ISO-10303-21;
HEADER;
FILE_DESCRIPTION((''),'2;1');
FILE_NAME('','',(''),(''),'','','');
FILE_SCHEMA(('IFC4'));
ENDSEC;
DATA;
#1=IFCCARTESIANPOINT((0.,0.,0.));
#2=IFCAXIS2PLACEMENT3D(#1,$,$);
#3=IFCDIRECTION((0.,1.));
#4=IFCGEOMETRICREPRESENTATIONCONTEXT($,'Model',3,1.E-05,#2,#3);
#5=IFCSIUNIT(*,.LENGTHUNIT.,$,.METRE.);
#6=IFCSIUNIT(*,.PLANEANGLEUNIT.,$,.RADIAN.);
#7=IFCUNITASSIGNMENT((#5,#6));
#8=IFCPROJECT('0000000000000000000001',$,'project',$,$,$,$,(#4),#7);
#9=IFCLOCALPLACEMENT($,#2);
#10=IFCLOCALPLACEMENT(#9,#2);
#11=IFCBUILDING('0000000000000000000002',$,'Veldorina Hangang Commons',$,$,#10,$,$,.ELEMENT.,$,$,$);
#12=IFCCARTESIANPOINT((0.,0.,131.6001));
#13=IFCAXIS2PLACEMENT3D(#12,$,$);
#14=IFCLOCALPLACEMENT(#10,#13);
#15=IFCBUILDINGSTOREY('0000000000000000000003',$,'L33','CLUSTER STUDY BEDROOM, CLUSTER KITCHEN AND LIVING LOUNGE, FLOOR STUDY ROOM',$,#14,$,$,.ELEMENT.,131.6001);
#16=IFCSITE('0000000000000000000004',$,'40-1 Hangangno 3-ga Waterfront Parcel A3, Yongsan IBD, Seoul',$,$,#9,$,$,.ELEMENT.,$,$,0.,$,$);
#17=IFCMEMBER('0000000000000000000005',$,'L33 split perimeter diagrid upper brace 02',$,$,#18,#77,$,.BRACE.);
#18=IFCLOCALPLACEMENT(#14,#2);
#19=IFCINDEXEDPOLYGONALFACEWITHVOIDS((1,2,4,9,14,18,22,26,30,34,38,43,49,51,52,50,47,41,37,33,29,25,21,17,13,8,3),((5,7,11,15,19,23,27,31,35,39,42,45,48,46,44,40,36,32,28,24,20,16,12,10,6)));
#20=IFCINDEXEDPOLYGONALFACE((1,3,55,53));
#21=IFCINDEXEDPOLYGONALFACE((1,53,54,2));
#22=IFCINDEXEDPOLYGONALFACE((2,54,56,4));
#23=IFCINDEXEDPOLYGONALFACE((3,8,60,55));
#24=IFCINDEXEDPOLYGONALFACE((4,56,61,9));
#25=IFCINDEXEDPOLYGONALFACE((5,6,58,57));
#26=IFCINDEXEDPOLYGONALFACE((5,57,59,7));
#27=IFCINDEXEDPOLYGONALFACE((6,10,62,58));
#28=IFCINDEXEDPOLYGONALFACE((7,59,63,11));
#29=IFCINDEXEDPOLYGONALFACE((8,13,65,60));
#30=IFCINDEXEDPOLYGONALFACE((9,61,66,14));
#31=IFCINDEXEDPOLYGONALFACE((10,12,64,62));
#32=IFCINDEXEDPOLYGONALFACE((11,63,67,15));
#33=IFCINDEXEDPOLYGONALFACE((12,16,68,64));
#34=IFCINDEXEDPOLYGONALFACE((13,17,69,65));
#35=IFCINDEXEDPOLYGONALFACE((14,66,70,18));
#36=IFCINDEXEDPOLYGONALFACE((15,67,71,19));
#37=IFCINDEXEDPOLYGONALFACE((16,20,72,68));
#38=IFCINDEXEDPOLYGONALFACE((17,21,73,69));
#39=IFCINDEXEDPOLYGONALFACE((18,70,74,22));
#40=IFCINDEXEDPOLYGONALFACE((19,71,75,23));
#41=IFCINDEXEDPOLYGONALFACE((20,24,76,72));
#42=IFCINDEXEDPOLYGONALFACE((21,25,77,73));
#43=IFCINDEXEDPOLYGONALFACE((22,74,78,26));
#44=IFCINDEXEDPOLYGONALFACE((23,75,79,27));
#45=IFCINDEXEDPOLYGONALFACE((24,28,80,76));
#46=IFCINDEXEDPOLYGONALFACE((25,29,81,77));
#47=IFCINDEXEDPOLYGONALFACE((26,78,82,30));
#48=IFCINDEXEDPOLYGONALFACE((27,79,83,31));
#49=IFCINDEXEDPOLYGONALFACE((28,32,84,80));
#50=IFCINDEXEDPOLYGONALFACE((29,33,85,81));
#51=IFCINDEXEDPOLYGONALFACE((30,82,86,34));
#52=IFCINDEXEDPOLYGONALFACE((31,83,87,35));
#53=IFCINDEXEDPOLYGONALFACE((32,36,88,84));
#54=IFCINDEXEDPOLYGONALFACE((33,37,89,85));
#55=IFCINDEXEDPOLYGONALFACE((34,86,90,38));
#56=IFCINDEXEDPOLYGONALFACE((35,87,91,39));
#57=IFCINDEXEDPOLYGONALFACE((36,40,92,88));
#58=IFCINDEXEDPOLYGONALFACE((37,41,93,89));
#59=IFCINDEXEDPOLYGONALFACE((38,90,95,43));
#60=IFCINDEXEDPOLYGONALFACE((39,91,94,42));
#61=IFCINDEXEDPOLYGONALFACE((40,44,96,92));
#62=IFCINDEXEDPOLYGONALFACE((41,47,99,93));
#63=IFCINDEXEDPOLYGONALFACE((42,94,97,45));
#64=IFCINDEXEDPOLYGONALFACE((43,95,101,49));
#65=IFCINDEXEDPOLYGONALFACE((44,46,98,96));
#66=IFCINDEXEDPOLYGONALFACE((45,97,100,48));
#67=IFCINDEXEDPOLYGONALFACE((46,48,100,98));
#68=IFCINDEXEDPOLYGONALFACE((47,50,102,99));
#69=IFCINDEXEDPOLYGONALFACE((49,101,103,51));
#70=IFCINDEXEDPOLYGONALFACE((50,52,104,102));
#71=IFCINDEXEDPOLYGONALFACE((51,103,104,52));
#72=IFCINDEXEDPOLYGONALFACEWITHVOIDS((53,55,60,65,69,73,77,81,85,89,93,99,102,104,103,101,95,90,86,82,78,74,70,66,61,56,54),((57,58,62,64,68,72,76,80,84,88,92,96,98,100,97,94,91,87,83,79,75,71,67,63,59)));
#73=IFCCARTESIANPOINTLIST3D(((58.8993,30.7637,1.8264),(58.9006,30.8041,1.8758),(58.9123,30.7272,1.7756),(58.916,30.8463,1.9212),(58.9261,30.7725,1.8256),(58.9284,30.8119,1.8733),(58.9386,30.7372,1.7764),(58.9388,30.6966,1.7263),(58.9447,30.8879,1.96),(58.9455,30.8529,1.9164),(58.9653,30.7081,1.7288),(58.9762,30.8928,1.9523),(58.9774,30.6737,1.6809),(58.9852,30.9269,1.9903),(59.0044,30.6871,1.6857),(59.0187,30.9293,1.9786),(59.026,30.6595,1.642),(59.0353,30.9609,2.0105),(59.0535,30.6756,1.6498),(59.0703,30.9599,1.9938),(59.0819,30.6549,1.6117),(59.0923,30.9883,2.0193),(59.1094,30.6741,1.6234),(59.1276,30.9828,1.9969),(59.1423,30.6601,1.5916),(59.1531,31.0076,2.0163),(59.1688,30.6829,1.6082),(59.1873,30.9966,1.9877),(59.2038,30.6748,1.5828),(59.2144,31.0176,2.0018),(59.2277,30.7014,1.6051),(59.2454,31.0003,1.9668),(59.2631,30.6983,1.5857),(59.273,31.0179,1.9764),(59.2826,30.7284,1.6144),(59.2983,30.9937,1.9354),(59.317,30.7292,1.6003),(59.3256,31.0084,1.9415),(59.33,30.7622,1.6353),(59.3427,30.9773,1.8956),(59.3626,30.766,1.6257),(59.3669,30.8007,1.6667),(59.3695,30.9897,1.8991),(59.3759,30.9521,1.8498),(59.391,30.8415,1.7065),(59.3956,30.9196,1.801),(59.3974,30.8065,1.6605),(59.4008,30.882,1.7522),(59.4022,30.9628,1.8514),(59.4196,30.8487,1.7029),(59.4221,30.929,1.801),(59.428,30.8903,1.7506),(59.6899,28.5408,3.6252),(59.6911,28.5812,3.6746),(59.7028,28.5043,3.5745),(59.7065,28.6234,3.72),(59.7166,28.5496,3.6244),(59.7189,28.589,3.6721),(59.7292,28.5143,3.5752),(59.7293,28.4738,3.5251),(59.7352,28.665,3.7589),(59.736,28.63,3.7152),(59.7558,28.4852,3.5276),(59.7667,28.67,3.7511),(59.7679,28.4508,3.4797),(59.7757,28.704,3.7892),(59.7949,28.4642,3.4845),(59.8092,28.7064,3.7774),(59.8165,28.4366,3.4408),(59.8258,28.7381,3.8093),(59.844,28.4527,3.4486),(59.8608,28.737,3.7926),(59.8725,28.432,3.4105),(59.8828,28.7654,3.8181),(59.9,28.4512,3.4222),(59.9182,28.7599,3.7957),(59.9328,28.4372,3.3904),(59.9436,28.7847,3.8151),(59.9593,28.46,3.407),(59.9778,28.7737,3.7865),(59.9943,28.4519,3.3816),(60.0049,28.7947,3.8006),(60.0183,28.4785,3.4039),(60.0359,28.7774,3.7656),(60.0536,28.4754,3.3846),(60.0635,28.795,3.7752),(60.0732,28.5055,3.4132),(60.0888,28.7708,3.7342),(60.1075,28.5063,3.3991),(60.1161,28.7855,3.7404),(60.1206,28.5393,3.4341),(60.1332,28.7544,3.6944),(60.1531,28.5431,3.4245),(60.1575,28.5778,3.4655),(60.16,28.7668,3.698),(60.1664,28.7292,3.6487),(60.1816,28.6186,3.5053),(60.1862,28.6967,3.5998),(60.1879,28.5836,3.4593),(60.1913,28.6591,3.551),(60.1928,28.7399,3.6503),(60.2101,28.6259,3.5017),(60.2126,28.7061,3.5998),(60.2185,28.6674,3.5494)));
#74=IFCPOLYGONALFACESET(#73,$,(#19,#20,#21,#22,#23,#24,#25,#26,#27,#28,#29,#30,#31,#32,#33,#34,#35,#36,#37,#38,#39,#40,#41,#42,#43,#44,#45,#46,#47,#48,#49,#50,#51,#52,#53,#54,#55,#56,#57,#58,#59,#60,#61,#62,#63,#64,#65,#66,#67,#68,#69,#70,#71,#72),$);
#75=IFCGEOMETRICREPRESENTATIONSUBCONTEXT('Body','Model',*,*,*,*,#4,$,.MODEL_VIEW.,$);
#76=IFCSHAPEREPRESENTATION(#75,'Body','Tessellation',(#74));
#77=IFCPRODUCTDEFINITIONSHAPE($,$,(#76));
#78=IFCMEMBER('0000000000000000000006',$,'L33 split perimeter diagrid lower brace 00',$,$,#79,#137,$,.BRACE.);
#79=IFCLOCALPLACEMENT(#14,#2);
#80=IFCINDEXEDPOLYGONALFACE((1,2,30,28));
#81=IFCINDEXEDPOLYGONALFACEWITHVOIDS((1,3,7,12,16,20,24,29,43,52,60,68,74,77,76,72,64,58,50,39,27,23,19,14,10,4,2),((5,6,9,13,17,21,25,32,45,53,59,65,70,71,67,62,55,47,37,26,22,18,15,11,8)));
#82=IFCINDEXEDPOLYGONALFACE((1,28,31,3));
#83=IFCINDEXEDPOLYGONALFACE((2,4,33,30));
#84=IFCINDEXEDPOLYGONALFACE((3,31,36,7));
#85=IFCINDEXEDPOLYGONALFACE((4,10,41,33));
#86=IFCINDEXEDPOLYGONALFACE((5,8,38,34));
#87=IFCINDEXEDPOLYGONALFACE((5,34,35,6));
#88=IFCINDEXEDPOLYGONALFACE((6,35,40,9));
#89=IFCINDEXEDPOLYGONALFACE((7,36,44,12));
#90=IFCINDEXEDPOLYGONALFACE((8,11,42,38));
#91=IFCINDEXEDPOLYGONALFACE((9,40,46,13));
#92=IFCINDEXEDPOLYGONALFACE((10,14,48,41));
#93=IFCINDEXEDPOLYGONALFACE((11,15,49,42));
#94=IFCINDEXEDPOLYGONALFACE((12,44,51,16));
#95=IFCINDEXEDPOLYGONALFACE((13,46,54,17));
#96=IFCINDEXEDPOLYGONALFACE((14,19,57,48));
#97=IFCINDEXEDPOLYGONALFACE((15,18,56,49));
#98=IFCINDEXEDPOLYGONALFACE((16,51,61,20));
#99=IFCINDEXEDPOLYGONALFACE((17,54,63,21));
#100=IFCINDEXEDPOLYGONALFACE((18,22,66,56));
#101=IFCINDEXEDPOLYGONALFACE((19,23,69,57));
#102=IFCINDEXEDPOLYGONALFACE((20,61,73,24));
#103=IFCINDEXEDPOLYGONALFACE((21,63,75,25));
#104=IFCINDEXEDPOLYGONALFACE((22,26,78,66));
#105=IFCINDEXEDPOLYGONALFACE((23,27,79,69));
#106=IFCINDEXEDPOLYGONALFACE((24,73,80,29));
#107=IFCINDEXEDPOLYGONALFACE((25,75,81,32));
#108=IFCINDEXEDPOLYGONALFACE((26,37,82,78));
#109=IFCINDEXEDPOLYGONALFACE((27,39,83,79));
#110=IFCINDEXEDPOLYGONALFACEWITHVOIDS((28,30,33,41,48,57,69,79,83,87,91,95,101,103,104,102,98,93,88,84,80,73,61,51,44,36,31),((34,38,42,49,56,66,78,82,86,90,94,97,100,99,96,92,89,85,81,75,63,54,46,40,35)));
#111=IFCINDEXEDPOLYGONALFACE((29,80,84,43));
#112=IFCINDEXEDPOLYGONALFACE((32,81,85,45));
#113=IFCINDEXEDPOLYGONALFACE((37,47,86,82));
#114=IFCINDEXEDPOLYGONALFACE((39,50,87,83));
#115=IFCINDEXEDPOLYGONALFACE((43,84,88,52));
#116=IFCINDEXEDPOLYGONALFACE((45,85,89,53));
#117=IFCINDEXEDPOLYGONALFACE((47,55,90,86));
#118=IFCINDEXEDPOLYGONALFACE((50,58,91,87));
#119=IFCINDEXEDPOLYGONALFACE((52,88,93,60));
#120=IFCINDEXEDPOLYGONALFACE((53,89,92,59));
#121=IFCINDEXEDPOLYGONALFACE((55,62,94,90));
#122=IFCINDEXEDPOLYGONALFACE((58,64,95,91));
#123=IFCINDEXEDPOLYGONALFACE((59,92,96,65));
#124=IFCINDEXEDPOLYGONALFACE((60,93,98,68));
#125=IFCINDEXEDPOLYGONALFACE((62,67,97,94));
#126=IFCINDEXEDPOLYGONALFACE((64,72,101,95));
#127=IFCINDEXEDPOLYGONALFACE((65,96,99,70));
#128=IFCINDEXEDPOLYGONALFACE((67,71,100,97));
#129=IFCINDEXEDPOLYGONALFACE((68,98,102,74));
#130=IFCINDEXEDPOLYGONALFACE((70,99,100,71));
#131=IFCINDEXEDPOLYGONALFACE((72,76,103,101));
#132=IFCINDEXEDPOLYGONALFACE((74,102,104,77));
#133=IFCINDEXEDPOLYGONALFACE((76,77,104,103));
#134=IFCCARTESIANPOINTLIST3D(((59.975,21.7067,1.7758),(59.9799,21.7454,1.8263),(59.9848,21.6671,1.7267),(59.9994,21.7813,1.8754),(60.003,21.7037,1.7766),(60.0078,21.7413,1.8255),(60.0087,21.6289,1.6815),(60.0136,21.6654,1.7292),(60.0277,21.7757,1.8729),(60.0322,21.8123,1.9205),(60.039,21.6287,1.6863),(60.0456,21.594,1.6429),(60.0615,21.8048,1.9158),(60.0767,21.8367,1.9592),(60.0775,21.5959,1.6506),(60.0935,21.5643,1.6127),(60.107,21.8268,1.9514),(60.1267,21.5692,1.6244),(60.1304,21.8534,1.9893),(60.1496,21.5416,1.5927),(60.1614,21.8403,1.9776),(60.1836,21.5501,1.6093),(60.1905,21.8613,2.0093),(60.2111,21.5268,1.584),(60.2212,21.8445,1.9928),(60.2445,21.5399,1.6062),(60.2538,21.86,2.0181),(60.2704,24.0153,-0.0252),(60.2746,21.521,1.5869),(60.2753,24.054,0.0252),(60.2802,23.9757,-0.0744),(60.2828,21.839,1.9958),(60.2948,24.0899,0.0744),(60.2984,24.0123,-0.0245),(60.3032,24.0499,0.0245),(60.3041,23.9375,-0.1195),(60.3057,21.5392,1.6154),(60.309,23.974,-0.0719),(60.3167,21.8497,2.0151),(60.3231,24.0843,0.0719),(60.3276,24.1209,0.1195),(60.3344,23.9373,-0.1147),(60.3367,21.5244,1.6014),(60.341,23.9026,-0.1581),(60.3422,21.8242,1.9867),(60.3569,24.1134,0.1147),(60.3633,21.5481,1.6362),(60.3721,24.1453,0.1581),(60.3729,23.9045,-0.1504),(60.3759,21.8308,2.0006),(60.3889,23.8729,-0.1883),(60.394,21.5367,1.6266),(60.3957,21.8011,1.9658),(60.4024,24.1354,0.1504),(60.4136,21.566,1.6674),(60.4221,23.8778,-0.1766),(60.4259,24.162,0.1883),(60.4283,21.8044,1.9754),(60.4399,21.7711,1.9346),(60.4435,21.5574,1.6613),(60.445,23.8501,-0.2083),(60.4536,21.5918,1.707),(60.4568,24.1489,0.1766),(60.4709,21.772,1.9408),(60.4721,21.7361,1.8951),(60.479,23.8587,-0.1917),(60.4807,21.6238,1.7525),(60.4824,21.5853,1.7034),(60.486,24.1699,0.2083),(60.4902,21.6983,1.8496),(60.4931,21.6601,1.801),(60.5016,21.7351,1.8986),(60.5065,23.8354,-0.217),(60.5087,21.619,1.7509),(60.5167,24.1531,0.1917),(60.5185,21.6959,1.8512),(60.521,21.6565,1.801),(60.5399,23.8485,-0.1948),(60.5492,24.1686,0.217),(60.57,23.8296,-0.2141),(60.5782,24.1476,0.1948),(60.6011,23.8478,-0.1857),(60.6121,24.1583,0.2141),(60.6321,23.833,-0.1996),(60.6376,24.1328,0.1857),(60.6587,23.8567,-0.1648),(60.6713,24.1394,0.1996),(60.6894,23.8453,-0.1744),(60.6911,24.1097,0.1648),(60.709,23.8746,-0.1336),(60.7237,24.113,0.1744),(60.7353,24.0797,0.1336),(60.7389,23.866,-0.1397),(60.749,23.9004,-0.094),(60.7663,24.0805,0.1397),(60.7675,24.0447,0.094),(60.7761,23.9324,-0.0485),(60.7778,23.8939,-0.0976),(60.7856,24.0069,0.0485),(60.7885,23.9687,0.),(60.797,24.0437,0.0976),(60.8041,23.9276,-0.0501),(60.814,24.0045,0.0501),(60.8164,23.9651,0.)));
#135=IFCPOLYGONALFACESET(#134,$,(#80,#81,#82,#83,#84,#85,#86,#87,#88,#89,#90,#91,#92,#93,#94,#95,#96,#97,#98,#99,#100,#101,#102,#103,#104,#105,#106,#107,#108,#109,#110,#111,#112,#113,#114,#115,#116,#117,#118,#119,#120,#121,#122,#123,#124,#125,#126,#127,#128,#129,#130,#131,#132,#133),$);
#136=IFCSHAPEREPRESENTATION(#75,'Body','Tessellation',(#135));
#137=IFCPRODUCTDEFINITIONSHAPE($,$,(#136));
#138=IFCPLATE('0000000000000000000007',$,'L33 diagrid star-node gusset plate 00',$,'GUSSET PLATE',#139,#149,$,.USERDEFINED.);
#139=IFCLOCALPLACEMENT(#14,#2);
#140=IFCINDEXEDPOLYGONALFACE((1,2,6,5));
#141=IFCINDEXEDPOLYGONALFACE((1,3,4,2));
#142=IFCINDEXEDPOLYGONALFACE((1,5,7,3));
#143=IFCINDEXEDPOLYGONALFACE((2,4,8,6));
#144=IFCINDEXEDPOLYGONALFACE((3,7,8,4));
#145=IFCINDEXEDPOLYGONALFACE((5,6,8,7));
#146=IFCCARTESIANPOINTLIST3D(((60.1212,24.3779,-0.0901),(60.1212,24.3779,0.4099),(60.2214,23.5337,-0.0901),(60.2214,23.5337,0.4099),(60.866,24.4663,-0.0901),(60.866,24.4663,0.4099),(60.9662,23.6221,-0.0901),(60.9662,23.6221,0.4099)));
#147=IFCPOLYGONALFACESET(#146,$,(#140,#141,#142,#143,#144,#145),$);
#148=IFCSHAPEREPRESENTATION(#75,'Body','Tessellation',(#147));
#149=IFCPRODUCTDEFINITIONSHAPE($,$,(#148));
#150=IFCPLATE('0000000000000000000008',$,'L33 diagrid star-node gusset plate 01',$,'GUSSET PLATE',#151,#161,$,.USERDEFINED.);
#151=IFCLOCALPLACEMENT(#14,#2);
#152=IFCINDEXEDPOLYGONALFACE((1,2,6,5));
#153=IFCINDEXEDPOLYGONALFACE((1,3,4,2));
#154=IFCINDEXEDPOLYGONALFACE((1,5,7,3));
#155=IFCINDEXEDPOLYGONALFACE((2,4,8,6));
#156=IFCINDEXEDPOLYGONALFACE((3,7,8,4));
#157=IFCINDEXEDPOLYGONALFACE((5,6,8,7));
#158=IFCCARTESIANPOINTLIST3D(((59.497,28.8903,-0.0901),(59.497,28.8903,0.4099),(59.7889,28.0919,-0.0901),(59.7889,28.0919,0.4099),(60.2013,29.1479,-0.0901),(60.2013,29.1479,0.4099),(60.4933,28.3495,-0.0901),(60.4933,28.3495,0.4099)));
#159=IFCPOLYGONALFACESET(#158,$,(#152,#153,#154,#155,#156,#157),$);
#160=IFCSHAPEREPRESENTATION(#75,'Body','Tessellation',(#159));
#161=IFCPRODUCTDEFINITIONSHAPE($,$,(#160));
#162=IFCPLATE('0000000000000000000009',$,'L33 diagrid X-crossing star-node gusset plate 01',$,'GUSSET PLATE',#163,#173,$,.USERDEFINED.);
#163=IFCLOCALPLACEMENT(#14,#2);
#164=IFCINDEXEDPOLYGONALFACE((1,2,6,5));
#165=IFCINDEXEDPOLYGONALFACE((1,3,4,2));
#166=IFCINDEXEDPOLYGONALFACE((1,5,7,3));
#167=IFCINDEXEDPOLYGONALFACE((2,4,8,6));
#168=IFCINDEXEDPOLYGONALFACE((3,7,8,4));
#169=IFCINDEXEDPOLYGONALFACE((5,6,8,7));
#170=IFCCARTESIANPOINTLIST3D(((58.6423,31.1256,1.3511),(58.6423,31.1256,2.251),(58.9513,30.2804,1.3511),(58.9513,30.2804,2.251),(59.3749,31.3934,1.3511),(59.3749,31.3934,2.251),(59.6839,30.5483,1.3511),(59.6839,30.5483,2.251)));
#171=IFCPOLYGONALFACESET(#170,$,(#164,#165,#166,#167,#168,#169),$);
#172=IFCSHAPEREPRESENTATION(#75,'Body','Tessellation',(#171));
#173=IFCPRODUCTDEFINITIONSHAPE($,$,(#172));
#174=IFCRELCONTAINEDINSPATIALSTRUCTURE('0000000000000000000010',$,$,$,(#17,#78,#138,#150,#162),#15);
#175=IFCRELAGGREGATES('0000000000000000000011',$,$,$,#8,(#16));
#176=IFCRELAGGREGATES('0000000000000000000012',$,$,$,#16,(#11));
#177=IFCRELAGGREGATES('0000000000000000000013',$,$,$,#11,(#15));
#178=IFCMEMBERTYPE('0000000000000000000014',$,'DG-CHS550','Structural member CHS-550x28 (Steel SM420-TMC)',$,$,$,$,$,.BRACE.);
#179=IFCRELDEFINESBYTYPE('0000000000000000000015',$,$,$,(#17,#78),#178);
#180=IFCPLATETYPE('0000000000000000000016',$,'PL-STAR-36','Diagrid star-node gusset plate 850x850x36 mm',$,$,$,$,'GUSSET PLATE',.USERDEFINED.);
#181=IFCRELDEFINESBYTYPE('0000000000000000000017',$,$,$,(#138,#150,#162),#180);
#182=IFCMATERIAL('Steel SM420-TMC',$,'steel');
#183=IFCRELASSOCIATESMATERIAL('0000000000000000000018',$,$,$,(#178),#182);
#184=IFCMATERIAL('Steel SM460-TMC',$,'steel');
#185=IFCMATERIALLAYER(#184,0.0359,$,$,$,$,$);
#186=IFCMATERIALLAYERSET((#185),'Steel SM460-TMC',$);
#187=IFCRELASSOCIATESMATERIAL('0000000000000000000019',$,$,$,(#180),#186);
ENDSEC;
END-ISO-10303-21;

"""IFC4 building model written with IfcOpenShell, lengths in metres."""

from ifc_helpers import new_model, si_unit, direction, frame, origin, origin_2d, place, context, subcontext, project, spatial, rectangle, hollow_circle, extrude, material, layer, layer_set, material_profile, profile_set, type_object, element, save


model = new_model("IFC4")

# Units and contexts
model_context = context("Model", 3, precision=1e-05, world=origin(), true_north=direction((0.0, 1.0)))
body_context = subcontext(model_context, "Body", "Model", "MODEL_VIEW")
ifc_project = project(units=[si_unit("LENGTHUNIT", "METRE"), si_unit("PLANEANGLEUNIT", "RADIAN")], contexts=[model_context])

# Site, building, storey
site_placement = place(None, origin())
site = spatial("IfcSite", under=ifc_project, at=site_placement, Name="40-1 Hangangno 3-ga Waterfront Parcel A3, Yongsan IBD, Seoul", CompositionType="ELEMENT", RefElevation=0.0)
building_placement = place(site_placement, origin())
building = spatial("IfcBuilding", under=site, at=building_placement, Name="Veldorina Hangang Commons", CompositionType="ELEMENT")
storey_placement = place(building_placement, frame((0.0, 0.0, 131.6001)))
storey = spatial("IfcBuildingStorey", under=building, at=storey_placement, Name="L33", Description="CLUSTER STUDY BEDROOM, CLUSTER KITCHEN AND LIVING LOUNGE, FLOOR STUDY ROOM", CompositionType="ELEMENT", Elevation=131.6001)

# Shared definitions
ifc_material_1 = material(Name="Steel SM420-TMC", Category="steel")

# Members
ifc_material_profile_1 = material_profile(ifc_material_1, hollow_circle(Radius=0.2749, WallThickness=0.0281, at=origin_2d()), Name="CHS-550x28")
ifc_profile_set_1 = profile_set([ifc_material_profile_1], Name="Steel SM420-TMC")
member_type_1 = type_object("IfcMemberType", Name="DG-CHS550", Description="Structural member CHS-550x28 (Steel SM420-TMC)", PredefinedType="BRACE", material=ifc_profile_set_1)
member_1_placement = place(storey_placement, frame((59.1631, 30.8369, 1.801), z_axis=(0.266456, -0.749254, 0.606316), x_axis=(0.942193, 0.335071, 0.0)))
element("IfcMember", 1, at=member_1_placement, inside=storey, type_object=member_type_1, Name="L33 split perimeter diagrid upper brace 02", PredefinedType="BRACE", context=body_context, shape_type="SweptSolid", body=[
    extrude(hollow_circle(Radius=0.2749, WallThickness=0.0281, at=origin_2d()), origin(), (0.0, 0.0, 1.0), 2.9668),
])
member_2_placement = place(storey_placement, frame((60.5437, 24.0, 0.0), z_axis=(-0.100381, -0.784467, 0.611993), x_axis=(0.991912, -0.126926, 0.0)))
element("IfcMember", 2, at=member_2_placement, inside=storey, type_object=member_type_1, Name="L33 split perimeter diagrid lower brace 00", PredefinedType="BRACE", context=body_context, shape_type="SweptSolid", body=[
    extrude(hollow_circle(Radius=0.2749, WallThickness=0.0281, at=origin_2d()), origin(), (0.0, 0.0, 1.0), 2.9429),
])

# Plates
ifc_material_2 = material(Name="Steel SM460-TMC", Category="steel")
ifc_layer_1 = layer(ifc_material_2, 0.0359)
ifc_layer_set_1 = layer_set([ifc_layer_1], Name="Steel SM460-TMC")
plate_type = type_object("IfcPlateType", Name="PL-STAR-36", Description="Diagrid star-node gusset plate 850x850x36 mm", ElementType="GUSSET PLATE", PredefinedType="USERDEFINED", material=ifc_layer_set_1)
for number, where, z_axis, x_axis, name in (
    (3, (60.5437, 24.0, -0.0901), (0.0, 0.0, 1.0), (-0.117901, 0.993025, 0.0), "L33 diagrid star-node gusset plate 00"),
    (4, (59.9951, 28.6199, -0.0901), (0.0, 0.0, 1.0), (-0.343414, 0.939184, 0.0), "L33 diagrid star-node gusset plate 01"),
):
    element("IfcPlate", number, at=place(storey_placement, frame(where, z_axis=z_axis, x_axis=x_axis)), inside=storey, type_object=plate_type, Name=name, ObjectType="GUSSET PLATE", PredefinedType="USERDEFINED", context=body_context, shape_type="SweptSolid", body=[
        extrude(rectangle(XDim=0.8501, YDim=0.75, at=origin_2d()), origin(), (0.0, 0.0, 1.0), 0.5),
    ])
plate_placement = place(storey_placement, frame((59.1631, 30.8369, 1.3511), z_axis=(0.0, 0.0, 1.0), x_axis=(-0.343414, 0.939184, 0.0)))
element("IfcPlate", 5, at=plate_placement, inside=storey, type_object=plate_type, Name="L33 diagrid X-crossing star-node gusset plate 01", ObjectType="GUSSET PLATE", PredefinedType="USERDEFINED", context=body_context, shape_type="SweptSolid", body=[
    extrude(rectangle(XDim=0.8999, YDim=0.78, at=origin_2d()), origin(), (0.0, 0.0, 1.0), 0.8999),
])

save(model, "model.ifc")
